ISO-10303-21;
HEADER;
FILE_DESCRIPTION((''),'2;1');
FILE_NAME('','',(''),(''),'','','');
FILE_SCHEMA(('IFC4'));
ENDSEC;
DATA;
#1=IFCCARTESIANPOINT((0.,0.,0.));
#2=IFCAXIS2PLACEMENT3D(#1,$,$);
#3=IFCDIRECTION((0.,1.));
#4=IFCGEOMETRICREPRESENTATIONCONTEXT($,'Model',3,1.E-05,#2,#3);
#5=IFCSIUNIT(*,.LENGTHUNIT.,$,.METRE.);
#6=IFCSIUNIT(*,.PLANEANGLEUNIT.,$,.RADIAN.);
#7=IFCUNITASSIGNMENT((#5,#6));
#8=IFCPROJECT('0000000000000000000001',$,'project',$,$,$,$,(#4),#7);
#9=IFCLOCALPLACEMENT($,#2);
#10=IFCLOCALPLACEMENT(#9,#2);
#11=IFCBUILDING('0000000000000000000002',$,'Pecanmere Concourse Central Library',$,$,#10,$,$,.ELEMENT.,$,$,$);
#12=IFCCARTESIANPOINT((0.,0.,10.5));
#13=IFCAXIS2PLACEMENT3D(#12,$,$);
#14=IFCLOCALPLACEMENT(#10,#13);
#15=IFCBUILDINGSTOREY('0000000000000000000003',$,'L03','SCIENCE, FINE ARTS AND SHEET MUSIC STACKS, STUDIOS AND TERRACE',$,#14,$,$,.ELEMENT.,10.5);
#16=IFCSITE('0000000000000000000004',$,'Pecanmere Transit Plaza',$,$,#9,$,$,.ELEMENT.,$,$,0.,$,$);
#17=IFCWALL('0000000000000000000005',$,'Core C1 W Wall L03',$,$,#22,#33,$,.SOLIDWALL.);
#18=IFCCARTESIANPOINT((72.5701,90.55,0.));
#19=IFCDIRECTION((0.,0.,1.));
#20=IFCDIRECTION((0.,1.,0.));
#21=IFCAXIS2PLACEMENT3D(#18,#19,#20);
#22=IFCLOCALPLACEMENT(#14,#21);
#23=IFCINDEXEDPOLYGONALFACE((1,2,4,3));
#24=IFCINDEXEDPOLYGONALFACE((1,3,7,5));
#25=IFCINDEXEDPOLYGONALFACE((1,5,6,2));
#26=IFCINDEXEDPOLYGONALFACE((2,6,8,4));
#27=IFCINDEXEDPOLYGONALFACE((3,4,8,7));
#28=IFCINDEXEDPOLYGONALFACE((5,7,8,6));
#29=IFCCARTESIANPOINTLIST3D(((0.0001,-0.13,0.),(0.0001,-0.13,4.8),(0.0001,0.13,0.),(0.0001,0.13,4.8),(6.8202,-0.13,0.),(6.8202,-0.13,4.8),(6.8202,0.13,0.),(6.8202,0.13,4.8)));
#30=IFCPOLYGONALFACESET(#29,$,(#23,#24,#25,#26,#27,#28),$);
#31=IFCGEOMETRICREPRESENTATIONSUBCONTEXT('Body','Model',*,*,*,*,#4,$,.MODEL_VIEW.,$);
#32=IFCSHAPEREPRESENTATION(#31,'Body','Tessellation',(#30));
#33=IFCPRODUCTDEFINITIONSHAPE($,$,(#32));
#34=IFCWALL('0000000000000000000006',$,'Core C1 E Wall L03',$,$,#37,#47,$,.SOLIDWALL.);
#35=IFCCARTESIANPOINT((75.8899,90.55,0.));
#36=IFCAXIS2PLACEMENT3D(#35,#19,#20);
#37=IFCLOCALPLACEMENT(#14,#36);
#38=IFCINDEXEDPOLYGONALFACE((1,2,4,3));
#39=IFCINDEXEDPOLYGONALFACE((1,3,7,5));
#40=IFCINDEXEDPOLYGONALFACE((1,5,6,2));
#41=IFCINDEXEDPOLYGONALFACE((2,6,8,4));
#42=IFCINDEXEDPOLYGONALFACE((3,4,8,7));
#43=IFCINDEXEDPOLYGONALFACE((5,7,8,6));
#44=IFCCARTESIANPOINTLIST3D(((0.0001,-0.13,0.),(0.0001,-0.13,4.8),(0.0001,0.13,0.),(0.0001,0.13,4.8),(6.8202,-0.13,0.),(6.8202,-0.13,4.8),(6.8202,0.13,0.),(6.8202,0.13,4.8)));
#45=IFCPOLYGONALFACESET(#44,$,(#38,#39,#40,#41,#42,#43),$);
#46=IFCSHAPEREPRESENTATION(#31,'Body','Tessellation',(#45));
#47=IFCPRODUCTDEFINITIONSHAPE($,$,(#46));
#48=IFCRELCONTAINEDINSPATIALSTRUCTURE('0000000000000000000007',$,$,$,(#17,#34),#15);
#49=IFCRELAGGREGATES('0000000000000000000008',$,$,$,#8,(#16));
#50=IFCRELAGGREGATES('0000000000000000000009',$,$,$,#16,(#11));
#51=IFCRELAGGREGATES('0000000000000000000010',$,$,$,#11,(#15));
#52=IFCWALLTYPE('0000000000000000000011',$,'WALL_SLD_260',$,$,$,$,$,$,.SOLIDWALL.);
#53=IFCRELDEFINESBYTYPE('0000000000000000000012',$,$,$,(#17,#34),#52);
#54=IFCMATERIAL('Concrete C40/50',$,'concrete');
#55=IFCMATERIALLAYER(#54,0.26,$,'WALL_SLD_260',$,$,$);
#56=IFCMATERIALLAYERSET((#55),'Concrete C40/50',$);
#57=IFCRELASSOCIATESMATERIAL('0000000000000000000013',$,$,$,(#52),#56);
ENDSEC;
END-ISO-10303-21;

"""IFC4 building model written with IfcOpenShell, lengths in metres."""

from ifc_helpers import new_model, si_unit, direction, frame, frame_2d, origin, place, context, subcontext, project, spatial, rectangle, extrude, material, layer, layer_set, type_object, element, save


model = new_model("IFC4")

# Units and contexts
model_context = context("Model", 3, precision=1e-05, world=origin(), true_north=direction((0.0, 1.0)))
body_context = subcontext(model_context, "Body", "Model", "MODEL_VIEW")
ifc_project = project(units=[si_unit("LENGTHUNIT", "METRE"), si_unit("PLANEANGLEUNIT", "RADIAN")], contexts=[model_context])

# Site, building, storey
site_placement = place(None, origin())
site = spatial("IfcSite", under=ifc_project, at=site_placement, Name="Pecanmere Transit Plaza", CompositionType="ELEMENT", RefElevation=0.0)
building_placement = place(site_placement, origin())
building = spatial("IfcBuilding", under=site, at=building_placement, Name="Pecanmere Concourse Central Library", CompositionType="ELEMENT")
storey_placement = place(building_placement, frame((0.0, 0.0, 10.5)))
storey = spatial("IfcBuildingStorey", under=building, at=storey_placement, Name="L03", Description="SCIENCE, FINE ARTS AND SHEET MUSIC STACKS, STUDIOS AND TERRACE", CompositionType="ELEMENT", Elevation=10.5)

# Shared definitions
ifc_material_1 = material(Name="Concrete C40/50", Category="concrete")
ifc_layer_1 = layer(ifc_material_1, 0.26, Name="WALL_SLD_260")
ifc_layer_set_1 = layer_set([ifc_layer_1], Name="Concrete C40/50")
wall_type = type_object("IfcWallType", Name="WALL_SLD_260", PredefinedType="SOLIDWALL", material=ifc_layer_set_1)

# Walls
for number, where, z_axis, x_axis, name in (
    (1, (72.5701, 90.55, 0.0), (0.0, 0.0, 1.0), (0.0, 1.0, 0.0), "Core C1 W Wall L03"),
    (2, (75.8899, 90.55, 0.0), (0.0, 0.0, 1.0), (0.0, 1.0, 0.0), "Core C1 E Wall L03"),
):
    element("IfcWall", number, at=place(storey_placement, frame(where, z_axis=z_axis, x_axis=x_axis)), inside=storey, type_object=wall_type, Name=name, PredefinedType="SOLIDWALL", context=body_context, shape_type="SweptSolid", body=[
        extrude(rectangle(XDim=6.8201, YDim=0.26, at=frame_2d((3.4102, 0.0))), origin(), (0.0, 0.0, 1.0), 4.8),
    ])

save(model, "model.ifc")
